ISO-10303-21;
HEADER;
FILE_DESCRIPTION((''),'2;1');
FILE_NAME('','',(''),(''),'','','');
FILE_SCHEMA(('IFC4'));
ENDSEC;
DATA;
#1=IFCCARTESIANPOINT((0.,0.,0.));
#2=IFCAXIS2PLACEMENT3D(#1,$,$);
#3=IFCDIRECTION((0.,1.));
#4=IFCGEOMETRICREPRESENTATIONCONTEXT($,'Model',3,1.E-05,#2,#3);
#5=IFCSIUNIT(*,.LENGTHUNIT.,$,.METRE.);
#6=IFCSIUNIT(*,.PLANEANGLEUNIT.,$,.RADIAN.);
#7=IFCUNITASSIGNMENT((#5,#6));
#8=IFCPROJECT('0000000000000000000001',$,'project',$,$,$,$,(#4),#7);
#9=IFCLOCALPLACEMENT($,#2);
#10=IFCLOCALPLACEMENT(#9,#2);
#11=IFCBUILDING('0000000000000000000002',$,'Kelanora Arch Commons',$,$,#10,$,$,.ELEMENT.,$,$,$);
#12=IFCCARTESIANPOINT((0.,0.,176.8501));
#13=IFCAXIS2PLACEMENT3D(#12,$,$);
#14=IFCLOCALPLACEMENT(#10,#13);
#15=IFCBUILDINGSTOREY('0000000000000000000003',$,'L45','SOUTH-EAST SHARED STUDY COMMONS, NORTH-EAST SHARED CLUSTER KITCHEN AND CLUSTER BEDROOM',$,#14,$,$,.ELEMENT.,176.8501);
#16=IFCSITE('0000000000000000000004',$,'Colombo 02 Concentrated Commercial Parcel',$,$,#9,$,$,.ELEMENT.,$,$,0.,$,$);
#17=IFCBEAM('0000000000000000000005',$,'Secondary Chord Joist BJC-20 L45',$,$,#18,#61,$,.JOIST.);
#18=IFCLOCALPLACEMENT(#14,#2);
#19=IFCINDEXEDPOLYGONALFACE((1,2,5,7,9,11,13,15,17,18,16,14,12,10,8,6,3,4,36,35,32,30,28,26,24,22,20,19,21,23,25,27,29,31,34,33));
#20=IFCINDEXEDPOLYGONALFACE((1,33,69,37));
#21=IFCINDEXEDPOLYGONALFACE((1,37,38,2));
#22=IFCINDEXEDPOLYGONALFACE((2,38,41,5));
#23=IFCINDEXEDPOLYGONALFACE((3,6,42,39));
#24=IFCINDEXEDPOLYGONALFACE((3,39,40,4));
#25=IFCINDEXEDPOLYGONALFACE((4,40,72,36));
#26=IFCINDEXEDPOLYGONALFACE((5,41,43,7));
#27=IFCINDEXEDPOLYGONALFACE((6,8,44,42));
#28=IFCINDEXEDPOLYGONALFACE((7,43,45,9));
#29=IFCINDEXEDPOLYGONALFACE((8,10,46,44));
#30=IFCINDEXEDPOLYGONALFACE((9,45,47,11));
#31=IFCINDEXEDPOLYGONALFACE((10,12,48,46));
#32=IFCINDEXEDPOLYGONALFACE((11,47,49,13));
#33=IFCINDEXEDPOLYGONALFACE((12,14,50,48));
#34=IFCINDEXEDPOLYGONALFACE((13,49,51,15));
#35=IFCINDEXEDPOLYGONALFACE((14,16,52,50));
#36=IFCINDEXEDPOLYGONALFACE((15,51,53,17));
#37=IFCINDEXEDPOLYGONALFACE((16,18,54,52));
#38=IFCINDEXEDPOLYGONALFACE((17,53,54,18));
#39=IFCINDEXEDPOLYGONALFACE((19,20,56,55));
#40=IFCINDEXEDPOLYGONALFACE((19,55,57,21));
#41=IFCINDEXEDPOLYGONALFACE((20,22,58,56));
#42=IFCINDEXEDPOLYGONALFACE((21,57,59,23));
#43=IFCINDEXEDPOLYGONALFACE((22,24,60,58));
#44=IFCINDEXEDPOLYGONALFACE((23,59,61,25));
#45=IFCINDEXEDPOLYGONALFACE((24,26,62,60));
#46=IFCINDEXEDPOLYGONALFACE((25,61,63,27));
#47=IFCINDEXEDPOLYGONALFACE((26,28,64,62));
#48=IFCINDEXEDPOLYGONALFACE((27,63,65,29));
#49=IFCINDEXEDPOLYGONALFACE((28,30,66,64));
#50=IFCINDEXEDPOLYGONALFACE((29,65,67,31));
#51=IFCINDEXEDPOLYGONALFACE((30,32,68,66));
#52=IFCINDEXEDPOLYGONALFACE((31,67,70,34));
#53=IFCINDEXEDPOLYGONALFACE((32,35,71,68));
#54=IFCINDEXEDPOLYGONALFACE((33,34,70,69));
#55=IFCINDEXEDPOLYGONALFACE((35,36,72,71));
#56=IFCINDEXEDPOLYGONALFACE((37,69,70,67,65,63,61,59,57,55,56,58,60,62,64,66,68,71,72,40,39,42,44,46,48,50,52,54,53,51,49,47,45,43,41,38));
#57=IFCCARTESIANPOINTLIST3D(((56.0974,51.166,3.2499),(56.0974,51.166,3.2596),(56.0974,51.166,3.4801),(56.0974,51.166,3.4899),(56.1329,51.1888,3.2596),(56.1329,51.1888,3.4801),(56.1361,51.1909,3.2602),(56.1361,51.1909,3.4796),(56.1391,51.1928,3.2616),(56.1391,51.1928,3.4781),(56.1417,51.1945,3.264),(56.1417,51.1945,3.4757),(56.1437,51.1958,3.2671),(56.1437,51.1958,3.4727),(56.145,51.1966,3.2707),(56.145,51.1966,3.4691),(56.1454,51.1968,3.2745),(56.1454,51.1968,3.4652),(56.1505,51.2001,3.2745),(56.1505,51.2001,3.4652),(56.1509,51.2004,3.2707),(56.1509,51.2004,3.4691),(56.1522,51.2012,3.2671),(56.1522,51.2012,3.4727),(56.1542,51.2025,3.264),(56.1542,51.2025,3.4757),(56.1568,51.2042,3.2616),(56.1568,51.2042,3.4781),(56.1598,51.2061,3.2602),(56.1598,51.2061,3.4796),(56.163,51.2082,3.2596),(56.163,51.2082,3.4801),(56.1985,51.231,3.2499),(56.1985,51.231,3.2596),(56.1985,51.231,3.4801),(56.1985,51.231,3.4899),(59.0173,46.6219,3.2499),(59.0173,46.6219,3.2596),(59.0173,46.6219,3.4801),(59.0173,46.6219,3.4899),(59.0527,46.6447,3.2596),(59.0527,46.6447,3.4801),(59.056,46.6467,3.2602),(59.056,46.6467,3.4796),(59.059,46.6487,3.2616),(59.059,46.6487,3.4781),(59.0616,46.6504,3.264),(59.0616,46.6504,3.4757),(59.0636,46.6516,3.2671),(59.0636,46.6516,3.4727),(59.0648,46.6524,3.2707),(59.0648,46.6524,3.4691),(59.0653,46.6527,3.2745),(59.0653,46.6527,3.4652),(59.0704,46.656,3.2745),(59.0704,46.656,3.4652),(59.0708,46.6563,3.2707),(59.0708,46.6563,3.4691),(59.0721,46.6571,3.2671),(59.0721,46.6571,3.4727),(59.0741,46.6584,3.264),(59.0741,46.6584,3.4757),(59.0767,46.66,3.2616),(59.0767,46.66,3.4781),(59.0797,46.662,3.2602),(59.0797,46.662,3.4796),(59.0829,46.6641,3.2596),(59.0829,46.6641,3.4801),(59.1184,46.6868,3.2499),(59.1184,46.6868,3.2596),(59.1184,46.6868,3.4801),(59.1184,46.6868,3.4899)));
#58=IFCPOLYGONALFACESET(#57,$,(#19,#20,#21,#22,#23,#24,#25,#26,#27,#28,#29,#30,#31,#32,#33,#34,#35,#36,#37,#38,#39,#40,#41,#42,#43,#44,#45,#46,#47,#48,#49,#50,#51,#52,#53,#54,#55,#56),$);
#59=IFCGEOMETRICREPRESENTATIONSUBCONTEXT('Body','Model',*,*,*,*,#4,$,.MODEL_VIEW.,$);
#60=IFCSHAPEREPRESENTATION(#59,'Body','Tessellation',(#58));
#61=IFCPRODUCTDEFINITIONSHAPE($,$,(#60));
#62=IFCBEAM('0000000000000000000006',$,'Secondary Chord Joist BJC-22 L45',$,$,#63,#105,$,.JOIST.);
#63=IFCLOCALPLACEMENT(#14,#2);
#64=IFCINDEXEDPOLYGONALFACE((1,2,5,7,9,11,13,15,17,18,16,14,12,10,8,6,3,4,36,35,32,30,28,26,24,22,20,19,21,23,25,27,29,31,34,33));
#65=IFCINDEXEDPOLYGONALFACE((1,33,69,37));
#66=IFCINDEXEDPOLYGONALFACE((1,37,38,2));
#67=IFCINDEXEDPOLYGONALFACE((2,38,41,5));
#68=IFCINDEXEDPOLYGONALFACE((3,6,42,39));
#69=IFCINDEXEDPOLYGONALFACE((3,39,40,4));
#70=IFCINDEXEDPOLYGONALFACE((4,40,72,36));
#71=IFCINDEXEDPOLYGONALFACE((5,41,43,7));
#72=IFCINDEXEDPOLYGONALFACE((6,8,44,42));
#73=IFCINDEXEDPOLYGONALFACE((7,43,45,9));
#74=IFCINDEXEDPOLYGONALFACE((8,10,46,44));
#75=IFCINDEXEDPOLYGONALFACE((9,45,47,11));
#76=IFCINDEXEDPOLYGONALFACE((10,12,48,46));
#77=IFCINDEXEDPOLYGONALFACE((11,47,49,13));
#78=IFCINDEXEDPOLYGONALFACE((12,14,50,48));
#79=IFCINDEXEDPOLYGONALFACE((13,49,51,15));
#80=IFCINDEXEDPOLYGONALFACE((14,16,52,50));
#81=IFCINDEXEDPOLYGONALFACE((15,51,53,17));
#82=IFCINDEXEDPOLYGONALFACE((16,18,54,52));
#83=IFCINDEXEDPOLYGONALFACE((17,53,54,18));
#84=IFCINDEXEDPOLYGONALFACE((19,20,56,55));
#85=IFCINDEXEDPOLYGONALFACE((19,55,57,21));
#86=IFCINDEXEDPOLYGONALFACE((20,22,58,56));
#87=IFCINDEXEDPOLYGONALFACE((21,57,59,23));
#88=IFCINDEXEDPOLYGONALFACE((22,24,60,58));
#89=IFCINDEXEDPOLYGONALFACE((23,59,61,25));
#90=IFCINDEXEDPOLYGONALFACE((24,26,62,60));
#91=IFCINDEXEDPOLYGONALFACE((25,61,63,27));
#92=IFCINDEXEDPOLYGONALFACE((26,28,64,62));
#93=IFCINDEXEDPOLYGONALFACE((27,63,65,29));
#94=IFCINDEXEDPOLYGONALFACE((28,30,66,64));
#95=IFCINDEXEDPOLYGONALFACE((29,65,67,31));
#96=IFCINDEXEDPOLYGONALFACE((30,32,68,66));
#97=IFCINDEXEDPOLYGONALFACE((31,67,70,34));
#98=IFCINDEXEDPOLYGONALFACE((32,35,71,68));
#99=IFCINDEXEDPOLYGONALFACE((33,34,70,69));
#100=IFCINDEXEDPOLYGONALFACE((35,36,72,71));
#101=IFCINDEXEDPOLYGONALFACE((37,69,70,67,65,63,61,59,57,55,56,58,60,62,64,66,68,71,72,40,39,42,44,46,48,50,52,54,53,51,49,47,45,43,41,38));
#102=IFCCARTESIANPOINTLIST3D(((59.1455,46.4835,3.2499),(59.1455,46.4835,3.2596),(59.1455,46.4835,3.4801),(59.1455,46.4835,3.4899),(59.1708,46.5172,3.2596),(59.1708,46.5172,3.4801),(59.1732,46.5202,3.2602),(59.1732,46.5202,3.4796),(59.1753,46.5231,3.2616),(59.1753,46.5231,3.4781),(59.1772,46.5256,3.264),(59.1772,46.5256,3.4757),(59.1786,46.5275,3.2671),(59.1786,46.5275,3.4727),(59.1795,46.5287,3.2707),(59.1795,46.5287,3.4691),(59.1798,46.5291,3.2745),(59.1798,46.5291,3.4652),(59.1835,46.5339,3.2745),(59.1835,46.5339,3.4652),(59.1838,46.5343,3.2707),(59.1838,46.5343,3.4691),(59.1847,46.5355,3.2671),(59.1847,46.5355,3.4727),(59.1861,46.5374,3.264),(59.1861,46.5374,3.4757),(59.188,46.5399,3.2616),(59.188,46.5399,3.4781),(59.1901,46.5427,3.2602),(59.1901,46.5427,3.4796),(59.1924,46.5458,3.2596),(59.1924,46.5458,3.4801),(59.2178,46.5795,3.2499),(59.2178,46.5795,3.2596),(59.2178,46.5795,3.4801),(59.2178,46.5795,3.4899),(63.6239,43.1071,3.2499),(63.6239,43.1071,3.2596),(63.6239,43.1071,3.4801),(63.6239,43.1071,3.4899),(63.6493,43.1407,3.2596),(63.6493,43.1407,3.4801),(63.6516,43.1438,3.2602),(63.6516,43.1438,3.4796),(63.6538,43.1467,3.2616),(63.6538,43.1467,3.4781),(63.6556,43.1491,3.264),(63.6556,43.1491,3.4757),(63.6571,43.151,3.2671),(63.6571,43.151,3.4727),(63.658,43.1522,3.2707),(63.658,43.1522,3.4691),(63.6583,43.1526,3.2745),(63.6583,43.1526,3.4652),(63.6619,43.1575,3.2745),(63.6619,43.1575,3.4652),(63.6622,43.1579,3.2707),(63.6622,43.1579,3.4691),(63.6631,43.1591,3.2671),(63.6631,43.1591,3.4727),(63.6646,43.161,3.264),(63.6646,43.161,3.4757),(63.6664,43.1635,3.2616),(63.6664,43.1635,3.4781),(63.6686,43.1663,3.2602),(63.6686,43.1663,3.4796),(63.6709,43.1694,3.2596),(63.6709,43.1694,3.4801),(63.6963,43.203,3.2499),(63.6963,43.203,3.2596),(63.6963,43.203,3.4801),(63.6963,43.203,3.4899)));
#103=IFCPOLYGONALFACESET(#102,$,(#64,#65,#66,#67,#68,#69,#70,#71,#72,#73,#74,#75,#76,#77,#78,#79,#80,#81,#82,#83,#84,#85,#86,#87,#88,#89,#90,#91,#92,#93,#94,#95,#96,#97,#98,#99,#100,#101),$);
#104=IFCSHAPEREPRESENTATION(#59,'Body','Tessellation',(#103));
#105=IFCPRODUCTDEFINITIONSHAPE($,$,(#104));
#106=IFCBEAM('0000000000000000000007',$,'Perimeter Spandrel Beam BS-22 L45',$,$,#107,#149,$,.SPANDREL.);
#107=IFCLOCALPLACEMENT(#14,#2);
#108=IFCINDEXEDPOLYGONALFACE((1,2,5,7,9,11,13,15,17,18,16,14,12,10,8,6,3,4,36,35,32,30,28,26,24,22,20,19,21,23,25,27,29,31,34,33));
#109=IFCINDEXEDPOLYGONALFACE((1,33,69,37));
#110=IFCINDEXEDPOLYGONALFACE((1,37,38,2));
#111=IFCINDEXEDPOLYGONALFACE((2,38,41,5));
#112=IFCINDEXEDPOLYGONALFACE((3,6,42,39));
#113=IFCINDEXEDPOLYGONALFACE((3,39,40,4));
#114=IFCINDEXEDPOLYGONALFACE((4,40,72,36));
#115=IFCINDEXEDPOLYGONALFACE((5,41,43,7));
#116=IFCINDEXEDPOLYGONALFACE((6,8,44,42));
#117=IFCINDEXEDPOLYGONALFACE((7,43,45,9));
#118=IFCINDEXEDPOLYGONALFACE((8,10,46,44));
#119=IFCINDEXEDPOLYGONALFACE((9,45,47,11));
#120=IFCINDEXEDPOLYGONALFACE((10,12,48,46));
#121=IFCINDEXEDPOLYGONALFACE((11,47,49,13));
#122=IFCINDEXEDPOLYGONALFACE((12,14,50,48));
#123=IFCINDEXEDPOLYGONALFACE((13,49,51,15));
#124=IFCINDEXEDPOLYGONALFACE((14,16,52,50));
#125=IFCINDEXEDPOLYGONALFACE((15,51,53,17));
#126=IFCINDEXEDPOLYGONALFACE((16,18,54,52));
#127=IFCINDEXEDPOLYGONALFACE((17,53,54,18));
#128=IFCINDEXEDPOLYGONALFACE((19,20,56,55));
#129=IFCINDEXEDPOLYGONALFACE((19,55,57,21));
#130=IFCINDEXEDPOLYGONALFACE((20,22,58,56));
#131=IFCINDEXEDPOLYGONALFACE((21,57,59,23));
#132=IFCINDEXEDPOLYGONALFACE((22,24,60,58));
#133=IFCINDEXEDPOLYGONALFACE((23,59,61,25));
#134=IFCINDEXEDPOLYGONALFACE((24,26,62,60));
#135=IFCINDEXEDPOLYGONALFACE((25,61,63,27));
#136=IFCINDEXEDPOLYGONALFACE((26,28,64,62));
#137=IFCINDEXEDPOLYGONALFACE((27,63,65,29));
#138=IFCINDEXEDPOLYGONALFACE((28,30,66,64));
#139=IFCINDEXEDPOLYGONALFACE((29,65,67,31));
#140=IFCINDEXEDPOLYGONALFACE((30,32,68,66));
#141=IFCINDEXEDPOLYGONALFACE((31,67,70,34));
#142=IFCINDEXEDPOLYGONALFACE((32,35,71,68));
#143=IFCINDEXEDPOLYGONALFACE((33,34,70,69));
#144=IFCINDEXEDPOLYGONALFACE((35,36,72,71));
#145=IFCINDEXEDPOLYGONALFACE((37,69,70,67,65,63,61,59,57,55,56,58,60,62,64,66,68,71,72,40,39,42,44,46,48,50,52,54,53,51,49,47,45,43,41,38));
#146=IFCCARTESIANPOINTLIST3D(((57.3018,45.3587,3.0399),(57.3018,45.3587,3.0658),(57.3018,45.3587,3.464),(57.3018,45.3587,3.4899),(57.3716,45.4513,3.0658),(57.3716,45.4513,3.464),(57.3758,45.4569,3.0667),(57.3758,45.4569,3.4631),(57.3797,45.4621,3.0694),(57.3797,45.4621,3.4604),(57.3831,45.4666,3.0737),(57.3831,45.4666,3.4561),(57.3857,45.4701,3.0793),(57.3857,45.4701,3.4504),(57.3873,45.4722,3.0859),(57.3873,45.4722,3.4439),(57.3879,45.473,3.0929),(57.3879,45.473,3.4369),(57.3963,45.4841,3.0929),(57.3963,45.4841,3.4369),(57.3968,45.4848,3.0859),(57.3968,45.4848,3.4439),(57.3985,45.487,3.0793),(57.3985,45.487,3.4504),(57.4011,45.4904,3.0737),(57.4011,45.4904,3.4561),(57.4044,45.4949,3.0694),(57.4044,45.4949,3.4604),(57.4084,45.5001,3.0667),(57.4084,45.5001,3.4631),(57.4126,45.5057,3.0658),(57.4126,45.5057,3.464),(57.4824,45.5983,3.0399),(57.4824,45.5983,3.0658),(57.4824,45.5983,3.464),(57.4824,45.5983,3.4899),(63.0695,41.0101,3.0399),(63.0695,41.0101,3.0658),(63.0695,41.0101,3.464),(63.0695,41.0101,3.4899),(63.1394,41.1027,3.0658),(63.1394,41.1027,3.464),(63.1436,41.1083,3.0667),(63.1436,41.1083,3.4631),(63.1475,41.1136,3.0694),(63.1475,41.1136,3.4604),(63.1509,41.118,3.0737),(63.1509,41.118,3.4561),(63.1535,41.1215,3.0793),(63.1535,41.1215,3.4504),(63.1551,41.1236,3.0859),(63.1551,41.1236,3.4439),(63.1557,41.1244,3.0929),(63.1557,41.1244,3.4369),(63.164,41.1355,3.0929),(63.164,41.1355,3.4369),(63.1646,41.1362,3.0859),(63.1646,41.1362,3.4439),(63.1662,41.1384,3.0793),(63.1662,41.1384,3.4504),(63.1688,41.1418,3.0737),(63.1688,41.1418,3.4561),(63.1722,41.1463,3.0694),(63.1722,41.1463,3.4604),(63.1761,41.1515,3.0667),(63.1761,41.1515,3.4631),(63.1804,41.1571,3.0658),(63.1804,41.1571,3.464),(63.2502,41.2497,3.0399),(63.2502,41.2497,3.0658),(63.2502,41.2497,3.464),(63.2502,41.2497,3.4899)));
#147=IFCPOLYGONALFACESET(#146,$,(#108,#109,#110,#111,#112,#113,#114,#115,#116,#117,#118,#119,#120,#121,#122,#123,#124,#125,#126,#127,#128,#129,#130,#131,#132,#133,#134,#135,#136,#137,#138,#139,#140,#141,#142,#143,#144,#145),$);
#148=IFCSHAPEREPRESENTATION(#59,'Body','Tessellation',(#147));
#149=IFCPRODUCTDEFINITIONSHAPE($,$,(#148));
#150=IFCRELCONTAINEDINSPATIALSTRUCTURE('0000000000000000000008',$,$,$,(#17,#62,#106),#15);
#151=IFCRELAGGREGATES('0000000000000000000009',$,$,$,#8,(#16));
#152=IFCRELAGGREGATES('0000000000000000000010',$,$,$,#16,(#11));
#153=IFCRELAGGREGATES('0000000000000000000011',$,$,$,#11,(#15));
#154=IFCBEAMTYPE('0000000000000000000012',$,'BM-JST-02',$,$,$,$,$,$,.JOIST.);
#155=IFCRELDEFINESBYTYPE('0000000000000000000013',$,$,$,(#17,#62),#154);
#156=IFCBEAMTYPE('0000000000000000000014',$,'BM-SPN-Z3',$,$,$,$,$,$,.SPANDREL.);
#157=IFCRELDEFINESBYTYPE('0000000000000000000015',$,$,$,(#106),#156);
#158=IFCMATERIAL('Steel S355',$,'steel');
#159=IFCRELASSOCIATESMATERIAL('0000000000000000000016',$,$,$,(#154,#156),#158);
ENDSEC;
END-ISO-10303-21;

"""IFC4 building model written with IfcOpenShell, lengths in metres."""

from ifc_helpers import new_model, si_unit, direction, frame, origin, origin_2d, place, context, subcontext, project, spatial, i_section, extrude, material, material_profile, profile_set, type_object, element, save


model = new_model("IFC4")

# Units and contexts
model_context = context("Model", 3, precision=1e-05, world=origin(), true_north=direction((0.0, 1.0)))
body_context = subcontext(model_context, "Body", "Model", "MODEL_VIEW")
ifc_project = project(units=[si_unit("LENGTHUNIT", "METRE"), si_unit("PLANEANGLEUNIT", "RADIAN")], contexts=[model_context])

# Site, building, storey
site_placement = place(None, origin())
site = spatial("IfcSite", under=ifc_project, at=site_placement, Name="Colombo 02 Concentrated Commercial Parcel", CompositionType="ELEMENT", RefElevation=0.0)
building_placement = place(site_placement, origin())
building = spatial("IfcBuilding", under=site, at=building_placement, Name="Kelanora Arch Commons", CompositionType="ELEMENT")
storey_placement = place(building_placement, frame((0.0, 0.0, 176.8501)))
storey = spatial("IfcBuildingStorey", under=building, at=storey_placement, Name="L45", Description="SOUTH-EAST SHARED STUDY COMMONS, NORTH-EAST SHARED CLUSTER KITCHEN AND CLUSTER BEDROOM", CompositionType="ELEMENT", Elevation=176.8501)

# Beams
ifc_material_1 = material(Name="Steel S355", Category="steel")
ifc_material_profile_1 = material_profile(ifc_material_1, i_section(OverallWidth=0.1201, OverallDepth=0.24, WebThickness=0.0061, FlangeThickness=0.0098, FilletRadius=0.0149, at=origin_2d()), Name="IPE240")
ifc_profile_set_1 = profile_set([ifc_material_profile_1], Name="Steel S355")
beam_type_1 = type_object("IfcBeamType", Name="BM-JST-02", PredefinedType="JOIST", material=ifc_profile_set_1)
beam_1_placement = place(storey_placement, frame((56.1479, 51.1985, 3.3699), z_axis=(0.540582, -0.841292, 0.0), x_axis=(0.841292, 0.540582, 0.0)))
element("IfcBeam", 1, at=beam_1_placement, inside=storey, type_object=beam_type_1, Name="Secondary Chord Joist BJC-20 L45", PredefinedType="JOIST", context=body_context, shape_type="SweptSolid", body=[
    extrude(i_section(OverallWidth=0.1201, OverallDepth=0.24, WebThickness=0.0061, FlangeThickness=0.0098, FilletRadius=0.0149, at=origin_2d()), origin(), (0.0, 0.0, 1.0), 5.4014),
])
beam_2_placement = place(storey_placement, frame((59.1816, 46.5315, 3.3699), z_axis=(0.798493, -0.602004, 0.0), x_axis=(0.602004, 0.798493, 0.0)))
element("IfcBeam", 2, at=beam_2_placement, inside=storey, type_object=beam_type_1, Name="Secondary Chord Joist BJC-22 L45", PredefinedType="JOIST", context=body_context, shape_type="SweptSolid", body=[
    extrude(i_section(OverallWidth=0.1201, OverallDepth=0.24, WebThickness=0.0061, FlangeThickness=0.0098, FilletRadius=0.0149, at=origin_2d()), origin(), (0.0, 0.0, 1.0), 5.6086),
])
ifc_material_profile_2 = material_profile(ifc_material_1, i_section(OverallWidth=0.3, OverallDepth=0.45, WebThickness=0.0139, FlangeThickness=0.0259, FilletRadius=0.0271, at=origin_2d()), Name="HEB450")
ifc_profile_set_2 = profile_set([ifc_material_profile_2], Name="Steel S355")
beam_type_2 = type_object("IfcBeamType", Name="BM-SPN-Z3", PredefinedType="SPANDREL", material=ifc_profile_set_2)
beam_3_placement = place(storey_placement, frame((57.3921, 45.4785, 3.2649), z_axis=(0.798485, -0.602015, 0.0), x_axis=(0.602015, 0.798485, 0.0)))
element("IfcBeam", 3, at=beam_3_placement, inside=storey, type_object=beam_type_2, Name="Perimeter Spandrel Beam BS-22 L45", PredefinedType="SPANDREL", context=body_context, shape_type="SweptSolid", body=[
    extrude(i_section(OverallWidth=0.3, OverallDepth=0.45, WebThickness=0.0139, FlangeThickness=0.0259, FilletRadius=0.0271, at=origin_2d()), origin(), (0.0, 0.0, 1.0), 7.2234),
])

save(model, "model.ifc")
